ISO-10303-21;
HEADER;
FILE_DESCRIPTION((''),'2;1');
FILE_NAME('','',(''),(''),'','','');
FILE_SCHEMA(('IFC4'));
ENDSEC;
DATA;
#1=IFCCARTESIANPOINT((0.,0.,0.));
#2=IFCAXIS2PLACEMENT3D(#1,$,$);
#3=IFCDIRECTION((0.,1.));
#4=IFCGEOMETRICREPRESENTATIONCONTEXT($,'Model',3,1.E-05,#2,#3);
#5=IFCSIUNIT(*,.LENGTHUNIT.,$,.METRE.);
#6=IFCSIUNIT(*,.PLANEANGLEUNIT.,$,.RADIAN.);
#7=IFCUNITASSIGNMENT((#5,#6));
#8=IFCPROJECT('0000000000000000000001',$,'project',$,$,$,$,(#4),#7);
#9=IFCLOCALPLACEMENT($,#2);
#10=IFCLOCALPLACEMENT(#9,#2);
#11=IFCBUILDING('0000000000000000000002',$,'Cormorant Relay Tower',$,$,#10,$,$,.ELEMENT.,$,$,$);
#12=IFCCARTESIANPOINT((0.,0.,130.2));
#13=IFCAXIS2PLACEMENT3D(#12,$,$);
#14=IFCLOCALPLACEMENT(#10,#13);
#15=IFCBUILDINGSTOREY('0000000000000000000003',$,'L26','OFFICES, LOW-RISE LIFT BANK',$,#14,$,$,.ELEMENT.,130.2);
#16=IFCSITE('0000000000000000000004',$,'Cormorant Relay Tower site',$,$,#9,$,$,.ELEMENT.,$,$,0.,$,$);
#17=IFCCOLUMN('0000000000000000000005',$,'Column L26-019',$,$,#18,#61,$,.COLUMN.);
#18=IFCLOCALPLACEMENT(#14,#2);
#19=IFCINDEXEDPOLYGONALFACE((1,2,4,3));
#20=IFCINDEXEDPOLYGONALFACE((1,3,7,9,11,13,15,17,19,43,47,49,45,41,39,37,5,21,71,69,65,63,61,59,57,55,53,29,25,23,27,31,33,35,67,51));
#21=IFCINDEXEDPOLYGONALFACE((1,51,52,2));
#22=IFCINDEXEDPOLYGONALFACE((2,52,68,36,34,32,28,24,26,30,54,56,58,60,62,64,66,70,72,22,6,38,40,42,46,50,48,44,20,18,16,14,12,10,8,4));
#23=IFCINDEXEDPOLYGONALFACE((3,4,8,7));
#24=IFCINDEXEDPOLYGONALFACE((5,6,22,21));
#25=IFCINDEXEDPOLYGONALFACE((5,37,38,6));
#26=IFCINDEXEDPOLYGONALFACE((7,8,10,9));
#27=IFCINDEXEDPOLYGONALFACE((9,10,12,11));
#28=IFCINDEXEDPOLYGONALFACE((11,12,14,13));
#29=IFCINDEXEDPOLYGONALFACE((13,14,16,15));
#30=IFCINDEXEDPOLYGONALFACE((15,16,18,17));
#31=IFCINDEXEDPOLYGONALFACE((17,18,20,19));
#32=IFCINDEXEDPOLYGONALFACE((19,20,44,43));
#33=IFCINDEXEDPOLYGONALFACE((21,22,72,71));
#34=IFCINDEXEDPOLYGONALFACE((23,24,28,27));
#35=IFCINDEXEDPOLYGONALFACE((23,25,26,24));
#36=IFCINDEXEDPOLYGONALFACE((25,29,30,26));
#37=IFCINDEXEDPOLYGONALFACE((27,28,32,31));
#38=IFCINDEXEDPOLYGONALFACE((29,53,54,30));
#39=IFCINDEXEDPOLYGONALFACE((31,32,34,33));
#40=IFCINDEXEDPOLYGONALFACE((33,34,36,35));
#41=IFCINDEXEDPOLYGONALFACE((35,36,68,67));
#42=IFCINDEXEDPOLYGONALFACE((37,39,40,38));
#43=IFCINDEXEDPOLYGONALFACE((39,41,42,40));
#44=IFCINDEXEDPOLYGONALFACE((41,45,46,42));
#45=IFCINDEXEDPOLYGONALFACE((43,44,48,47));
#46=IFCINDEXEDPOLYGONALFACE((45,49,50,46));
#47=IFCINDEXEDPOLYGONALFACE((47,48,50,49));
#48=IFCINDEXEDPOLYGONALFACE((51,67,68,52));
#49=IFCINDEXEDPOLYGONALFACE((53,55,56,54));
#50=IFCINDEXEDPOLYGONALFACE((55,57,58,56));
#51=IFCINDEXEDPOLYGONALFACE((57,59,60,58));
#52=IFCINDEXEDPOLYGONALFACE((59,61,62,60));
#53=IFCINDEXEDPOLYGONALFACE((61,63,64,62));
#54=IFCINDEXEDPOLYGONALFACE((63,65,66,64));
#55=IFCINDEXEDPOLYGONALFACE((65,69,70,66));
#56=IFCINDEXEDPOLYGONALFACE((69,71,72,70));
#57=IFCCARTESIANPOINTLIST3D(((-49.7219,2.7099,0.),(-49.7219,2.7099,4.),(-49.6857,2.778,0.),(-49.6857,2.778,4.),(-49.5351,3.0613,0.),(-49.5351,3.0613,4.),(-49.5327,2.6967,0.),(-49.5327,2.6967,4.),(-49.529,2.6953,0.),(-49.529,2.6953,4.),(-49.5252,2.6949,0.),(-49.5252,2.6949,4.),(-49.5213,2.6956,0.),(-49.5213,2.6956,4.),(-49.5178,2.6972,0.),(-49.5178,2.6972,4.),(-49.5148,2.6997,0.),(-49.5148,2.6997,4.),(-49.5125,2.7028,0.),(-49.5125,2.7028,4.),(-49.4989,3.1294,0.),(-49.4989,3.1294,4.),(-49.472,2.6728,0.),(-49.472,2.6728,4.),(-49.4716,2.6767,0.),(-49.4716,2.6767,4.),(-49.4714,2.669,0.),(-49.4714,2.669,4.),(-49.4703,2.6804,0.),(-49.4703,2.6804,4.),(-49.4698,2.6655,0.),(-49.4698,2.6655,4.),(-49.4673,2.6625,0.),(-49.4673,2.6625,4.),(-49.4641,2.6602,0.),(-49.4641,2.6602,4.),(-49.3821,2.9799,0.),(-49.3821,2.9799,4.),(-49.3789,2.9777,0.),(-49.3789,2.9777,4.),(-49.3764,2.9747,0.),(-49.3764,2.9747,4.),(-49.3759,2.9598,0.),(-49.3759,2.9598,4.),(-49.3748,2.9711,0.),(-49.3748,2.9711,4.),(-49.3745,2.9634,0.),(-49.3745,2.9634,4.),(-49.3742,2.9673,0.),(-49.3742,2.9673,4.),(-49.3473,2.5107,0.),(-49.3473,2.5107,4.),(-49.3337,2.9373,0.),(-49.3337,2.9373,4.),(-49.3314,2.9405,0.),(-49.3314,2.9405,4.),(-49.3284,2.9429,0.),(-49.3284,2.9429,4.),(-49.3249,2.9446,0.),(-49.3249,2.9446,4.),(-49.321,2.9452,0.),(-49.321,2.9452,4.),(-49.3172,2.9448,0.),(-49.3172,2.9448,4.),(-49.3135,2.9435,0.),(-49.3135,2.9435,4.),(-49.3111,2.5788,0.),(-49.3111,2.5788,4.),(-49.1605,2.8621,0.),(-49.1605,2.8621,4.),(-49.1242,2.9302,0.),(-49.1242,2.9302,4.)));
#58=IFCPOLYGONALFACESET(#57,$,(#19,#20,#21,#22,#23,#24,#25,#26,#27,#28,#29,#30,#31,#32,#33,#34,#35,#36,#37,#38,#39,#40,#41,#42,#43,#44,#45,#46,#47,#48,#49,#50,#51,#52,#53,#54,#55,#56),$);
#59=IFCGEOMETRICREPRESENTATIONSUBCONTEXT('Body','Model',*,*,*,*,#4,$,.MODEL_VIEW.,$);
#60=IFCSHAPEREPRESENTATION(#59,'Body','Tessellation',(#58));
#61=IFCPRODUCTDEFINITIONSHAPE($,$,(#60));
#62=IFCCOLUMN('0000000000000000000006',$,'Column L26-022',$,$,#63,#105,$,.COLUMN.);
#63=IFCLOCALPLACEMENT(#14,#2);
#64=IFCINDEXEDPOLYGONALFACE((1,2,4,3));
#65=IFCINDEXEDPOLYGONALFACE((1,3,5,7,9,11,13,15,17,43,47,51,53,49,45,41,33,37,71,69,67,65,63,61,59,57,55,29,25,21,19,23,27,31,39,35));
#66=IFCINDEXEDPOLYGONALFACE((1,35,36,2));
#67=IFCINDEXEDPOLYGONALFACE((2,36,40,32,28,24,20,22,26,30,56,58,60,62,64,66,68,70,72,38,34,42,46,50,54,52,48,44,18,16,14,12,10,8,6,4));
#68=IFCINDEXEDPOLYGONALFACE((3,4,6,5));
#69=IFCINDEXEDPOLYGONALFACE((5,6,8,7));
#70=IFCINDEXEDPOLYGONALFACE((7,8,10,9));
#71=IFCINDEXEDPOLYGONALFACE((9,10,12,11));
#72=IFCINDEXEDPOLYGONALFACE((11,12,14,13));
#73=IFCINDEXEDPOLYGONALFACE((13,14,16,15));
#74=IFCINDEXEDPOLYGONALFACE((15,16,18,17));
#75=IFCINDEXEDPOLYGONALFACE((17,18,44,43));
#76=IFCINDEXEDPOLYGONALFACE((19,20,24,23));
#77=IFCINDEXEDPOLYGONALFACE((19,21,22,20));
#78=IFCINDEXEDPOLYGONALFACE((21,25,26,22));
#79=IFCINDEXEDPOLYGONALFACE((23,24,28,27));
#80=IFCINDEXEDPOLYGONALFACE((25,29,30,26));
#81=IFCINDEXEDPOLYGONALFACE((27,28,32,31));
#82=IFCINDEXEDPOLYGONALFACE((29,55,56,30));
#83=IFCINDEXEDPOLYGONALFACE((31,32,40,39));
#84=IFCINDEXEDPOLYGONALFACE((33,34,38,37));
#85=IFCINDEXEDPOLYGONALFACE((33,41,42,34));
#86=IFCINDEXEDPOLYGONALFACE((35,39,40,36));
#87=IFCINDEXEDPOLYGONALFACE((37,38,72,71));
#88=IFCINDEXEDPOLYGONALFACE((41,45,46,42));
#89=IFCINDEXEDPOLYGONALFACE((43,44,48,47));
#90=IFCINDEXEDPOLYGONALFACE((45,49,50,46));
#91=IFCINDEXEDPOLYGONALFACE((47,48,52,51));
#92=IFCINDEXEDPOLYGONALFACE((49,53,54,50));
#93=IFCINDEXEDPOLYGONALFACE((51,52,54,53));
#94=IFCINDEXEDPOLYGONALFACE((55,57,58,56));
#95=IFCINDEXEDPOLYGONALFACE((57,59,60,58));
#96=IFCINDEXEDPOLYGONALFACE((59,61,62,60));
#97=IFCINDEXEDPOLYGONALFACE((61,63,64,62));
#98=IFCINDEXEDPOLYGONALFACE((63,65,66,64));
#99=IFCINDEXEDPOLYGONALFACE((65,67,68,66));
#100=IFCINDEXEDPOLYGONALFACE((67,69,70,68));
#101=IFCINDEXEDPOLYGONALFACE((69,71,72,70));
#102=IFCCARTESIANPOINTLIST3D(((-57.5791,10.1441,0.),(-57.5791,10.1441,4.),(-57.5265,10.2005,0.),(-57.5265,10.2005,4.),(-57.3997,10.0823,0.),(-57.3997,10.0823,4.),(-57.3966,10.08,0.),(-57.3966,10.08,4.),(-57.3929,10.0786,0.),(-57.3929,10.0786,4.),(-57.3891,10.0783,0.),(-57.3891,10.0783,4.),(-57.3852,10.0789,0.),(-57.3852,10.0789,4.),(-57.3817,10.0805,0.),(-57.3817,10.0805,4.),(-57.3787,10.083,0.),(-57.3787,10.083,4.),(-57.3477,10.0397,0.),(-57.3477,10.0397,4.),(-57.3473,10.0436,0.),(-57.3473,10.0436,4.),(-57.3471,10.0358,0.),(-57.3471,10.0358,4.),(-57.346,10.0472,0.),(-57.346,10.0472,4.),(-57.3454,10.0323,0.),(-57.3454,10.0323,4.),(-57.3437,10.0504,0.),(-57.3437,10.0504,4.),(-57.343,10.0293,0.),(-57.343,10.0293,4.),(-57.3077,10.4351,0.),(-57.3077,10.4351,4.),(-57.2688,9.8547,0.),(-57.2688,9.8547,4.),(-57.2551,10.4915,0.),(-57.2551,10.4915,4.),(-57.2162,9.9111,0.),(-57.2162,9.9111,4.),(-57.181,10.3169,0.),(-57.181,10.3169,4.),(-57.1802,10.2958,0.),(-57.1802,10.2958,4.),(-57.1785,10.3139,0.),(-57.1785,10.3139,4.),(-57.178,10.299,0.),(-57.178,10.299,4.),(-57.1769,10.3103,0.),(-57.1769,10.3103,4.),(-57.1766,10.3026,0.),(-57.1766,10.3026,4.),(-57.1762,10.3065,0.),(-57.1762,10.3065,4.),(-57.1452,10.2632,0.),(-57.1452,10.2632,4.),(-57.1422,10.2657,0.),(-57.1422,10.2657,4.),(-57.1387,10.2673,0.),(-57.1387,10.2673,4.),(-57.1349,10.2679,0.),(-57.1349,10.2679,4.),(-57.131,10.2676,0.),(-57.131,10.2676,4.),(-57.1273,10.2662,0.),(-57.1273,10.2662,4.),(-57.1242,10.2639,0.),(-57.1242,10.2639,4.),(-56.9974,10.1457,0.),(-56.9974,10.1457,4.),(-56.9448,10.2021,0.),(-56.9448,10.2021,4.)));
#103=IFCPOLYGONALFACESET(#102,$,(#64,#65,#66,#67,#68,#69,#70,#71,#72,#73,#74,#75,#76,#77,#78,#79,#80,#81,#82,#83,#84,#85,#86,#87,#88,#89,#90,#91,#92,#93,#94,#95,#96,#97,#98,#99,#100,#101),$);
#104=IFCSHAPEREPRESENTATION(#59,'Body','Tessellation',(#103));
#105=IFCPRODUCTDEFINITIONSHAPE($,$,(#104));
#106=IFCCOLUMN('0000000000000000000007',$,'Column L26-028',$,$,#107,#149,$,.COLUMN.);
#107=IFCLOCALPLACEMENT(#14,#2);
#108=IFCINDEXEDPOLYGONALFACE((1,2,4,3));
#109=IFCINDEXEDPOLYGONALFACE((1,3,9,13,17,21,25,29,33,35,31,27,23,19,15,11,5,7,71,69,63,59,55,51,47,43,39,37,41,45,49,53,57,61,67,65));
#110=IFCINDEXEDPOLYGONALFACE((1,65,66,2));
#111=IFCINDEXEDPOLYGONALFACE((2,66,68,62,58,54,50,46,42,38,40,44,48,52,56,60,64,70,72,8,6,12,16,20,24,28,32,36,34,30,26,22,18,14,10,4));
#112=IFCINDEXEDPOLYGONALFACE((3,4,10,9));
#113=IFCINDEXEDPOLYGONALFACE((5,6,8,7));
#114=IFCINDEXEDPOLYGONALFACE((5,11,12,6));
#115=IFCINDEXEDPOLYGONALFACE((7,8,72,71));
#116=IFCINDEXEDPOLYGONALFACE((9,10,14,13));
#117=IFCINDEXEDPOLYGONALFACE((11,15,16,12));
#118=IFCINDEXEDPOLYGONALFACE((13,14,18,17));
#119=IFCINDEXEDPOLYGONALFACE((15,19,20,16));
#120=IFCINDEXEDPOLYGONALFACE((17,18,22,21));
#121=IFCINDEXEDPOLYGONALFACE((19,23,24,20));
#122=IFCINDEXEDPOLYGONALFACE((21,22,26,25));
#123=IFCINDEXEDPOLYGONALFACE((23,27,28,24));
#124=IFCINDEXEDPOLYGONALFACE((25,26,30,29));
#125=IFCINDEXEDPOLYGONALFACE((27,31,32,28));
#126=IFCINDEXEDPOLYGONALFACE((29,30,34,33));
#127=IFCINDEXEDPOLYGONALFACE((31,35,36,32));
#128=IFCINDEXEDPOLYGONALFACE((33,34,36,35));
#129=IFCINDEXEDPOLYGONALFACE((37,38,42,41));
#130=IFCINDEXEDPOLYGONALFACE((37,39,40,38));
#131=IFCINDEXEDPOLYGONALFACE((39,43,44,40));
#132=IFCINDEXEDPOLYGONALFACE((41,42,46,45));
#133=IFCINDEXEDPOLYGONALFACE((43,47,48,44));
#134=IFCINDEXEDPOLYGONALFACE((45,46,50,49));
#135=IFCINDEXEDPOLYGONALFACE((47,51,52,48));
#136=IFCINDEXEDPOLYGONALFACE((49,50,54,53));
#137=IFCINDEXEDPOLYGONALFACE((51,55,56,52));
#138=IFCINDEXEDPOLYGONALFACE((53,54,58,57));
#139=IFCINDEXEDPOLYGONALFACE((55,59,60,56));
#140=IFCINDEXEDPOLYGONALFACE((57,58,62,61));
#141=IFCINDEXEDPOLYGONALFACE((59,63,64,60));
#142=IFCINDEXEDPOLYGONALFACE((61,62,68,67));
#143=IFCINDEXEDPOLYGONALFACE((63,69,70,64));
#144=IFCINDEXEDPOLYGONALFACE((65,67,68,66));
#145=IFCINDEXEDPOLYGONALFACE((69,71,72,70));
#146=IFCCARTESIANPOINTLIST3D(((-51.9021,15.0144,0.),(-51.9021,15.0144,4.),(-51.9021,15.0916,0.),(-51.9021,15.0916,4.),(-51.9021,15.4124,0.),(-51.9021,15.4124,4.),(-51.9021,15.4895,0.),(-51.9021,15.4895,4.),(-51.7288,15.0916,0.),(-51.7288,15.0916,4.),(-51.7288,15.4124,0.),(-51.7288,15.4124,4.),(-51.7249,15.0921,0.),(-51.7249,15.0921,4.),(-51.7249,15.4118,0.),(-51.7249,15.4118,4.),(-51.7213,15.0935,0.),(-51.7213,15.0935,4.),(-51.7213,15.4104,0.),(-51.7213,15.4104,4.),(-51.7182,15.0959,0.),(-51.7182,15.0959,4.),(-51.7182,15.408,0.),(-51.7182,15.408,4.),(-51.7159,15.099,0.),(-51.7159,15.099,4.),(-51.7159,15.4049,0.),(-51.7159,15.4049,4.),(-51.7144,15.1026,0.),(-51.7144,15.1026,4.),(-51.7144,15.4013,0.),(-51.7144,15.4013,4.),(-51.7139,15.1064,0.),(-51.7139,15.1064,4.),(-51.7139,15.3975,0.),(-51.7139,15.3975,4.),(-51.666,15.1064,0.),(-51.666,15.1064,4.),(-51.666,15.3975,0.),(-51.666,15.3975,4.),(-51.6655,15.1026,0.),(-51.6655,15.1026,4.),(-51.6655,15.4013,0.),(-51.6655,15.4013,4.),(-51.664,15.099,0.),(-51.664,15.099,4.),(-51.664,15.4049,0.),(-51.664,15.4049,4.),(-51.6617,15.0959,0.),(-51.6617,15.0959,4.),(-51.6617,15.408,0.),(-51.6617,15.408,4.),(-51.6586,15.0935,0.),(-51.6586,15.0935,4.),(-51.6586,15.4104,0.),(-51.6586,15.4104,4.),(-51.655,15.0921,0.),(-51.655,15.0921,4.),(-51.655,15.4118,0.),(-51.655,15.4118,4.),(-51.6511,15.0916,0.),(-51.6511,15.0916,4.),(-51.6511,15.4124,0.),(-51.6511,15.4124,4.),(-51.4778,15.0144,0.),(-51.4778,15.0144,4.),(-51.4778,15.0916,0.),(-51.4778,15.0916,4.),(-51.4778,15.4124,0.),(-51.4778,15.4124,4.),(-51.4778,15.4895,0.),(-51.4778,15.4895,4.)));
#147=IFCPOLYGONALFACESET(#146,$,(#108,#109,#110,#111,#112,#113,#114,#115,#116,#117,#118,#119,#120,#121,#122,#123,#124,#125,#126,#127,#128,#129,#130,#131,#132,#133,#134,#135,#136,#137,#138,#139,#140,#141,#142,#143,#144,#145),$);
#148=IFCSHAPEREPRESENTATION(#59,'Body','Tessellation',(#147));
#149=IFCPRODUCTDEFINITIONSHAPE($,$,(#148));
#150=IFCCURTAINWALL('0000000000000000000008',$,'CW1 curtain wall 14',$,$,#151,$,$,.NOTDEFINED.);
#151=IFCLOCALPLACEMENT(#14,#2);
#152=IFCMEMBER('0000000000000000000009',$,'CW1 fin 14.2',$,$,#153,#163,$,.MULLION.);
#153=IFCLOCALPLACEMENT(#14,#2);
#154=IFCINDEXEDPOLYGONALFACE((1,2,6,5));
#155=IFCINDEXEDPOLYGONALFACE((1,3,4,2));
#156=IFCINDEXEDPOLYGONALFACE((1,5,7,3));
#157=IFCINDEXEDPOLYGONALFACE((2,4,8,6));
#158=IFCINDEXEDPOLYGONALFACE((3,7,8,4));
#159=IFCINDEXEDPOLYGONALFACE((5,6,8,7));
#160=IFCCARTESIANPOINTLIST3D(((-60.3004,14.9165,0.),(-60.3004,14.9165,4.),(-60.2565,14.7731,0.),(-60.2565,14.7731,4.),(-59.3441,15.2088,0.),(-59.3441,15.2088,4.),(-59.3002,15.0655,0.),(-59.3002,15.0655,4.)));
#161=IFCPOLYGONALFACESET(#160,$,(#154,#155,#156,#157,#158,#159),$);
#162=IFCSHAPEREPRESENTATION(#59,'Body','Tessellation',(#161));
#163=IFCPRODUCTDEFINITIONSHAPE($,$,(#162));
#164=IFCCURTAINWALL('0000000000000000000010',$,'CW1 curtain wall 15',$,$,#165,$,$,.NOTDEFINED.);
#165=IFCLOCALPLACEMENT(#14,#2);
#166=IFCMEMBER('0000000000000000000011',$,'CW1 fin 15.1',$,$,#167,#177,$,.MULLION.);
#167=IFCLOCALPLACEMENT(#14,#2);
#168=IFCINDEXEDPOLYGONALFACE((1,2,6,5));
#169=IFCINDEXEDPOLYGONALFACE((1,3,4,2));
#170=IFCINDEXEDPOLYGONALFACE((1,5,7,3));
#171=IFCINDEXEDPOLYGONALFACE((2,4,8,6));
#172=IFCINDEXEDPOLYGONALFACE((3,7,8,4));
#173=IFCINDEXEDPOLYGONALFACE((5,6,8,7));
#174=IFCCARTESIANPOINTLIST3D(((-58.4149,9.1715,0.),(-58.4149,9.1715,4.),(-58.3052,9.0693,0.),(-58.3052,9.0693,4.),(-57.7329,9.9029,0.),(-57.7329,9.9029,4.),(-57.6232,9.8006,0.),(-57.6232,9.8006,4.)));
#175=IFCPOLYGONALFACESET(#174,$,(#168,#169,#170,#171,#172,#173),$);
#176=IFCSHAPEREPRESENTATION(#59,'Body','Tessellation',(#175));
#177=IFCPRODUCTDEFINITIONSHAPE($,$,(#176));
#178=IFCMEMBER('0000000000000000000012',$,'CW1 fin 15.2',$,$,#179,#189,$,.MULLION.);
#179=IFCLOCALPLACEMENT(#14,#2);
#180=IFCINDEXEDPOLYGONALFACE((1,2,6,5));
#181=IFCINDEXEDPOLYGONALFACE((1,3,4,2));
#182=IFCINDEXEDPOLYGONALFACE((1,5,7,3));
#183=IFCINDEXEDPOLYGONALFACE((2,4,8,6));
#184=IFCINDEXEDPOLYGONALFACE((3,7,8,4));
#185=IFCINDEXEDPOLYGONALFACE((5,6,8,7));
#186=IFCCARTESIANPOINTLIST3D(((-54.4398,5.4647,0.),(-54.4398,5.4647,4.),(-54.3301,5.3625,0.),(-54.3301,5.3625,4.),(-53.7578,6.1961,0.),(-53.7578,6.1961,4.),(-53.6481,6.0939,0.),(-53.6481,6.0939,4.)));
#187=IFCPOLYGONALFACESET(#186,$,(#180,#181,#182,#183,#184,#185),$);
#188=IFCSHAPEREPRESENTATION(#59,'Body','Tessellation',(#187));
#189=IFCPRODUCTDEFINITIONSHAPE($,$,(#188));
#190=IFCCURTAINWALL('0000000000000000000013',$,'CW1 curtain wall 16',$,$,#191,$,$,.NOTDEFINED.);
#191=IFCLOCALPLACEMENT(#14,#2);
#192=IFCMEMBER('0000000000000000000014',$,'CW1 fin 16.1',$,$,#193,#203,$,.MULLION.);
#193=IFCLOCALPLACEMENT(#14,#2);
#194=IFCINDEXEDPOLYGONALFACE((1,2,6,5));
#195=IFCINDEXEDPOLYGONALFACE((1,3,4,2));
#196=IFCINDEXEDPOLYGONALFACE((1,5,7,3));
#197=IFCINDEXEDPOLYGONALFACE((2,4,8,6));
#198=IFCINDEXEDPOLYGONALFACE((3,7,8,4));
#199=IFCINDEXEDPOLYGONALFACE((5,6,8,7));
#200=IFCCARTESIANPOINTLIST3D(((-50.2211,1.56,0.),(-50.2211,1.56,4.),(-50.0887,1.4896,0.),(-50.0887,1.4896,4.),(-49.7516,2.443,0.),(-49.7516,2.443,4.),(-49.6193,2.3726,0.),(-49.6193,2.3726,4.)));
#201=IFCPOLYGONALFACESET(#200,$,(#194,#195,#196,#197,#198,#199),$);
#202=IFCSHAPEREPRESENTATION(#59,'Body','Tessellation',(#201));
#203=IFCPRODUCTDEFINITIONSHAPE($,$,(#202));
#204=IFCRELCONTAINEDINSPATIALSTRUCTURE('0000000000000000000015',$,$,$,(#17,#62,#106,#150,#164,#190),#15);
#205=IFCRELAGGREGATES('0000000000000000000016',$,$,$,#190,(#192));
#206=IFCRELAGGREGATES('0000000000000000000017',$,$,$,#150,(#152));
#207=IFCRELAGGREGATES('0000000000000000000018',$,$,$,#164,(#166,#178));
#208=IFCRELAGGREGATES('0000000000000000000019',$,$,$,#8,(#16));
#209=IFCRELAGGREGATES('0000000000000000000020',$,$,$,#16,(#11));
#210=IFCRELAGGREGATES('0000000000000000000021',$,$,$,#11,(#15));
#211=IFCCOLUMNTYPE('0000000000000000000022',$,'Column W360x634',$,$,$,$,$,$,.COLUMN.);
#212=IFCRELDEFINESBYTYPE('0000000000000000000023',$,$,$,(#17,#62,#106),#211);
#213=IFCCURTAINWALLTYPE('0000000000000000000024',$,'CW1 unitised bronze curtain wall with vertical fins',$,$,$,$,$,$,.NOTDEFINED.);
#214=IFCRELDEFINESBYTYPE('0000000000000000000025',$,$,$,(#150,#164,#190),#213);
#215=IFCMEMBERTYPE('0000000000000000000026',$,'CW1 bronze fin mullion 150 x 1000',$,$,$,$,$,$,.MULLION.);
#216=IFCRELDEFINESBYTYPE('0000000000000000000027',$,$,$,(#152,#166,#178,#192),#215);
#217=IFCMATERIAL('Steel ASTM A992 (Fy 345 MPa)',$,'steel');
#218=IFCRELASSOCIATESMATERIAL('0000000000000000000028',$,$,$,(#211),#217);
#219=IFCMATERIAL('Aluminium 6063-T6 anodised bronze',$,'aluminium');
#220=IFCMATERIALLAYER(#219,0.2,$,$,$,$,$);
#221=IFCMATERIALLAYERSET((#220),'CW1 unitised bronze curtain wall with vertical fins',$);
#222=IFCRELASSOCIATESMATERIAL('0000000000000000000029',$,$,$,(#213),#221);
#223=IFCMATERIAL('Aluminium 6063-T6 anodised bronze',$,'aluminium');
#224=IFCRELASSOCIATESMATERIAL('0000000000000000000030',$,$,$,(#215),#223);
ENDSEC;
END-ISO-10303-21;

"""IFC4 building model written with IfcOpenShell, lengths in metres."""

from ifc_helpers import new_model, si_unit, direction, frame, origin, origin_2d, place, context, subcontext, project, spatial, rectangle, i_section, extrude, material, layer, layer_set, material_profile, profile_set, type_object, element, aggregate, save


model = new_model("IFC4")

# Units and contexts
model_context = context("Model", 3, precision=1e-05, world=origin(), true_north=direction((0.0, 1.0)))
body_context = subcontext(model_context, "Body", "Model", "MODEL_VIEW")
ifc_project = project(units=[si_unit("LENGTHUNIT", "METRE"), si_unit("PLANEANGLEUNIT", "RADIAN")], contexts=[model_context])

# Site, building, storey
site_placement = place(None, origin())
site = spatial("IfcSite", under=ifc_project, at=site_placement, Name="Cormorant Relay Tower site", CompositionType="ELEMENT", RefElevation=0.0)
building_placement = place(site_placement, origin())
building = spatial("IfcBuilding", under=site, at=building_placement, Name="Cormorant Relay Tower", CompositionType="ELEMENT")
storey_placement = place(building_placement, frame((0.0, 0.0, 130.2)))
storey = spatial("IfcBuildingStorey", under=building, at=storey_placement, Name="L26", Description="OFFICES, LOW-RISE LIFT BANK", CompositionType="ELEMENT", Elevation=130.2)

# Columns
ifc_material_1 = material(Name="Steel ASTM A992 (Fy 345 MPa)", Category="steel")
ifc_material_profile_1 = material_profile(ifc_material_1, i_section(OverallWidth=0.4243, OverallDepth=0.4751, WebThickness=0.0479, FlangeThickness=0.0771, FilletRadius=0.0149, at=origin_2d()), Name="W360x634")
ifc_profile_set_1 = profile_set([ifc_material_profile_1], Name="Steel ASTM A992 (Fy 345 MPa)")
column_type = type_object("IfcColumnType", Name="Column W360x634", PredefinedType="COLUMN", material=ifc_profile_set_1)
for number, where, z_axis, x_axis, name in (
    (1, (-49.4231, 2.8201, 0.0), (0.0, 0.0, 1.0), (0.882948, -0.469472, 0.0), "Column L26-019"),
    (2, (-57.262, 10.1731, 0.0), (0.0, 0.0, 1.0), (0.731354, -0.681998, 0.0), "Column L26-022"),
    (3, (-51.6899, 15.252, 0.0), (0.0, 0.0, 1.0), (1.0, 0.0, 0.0), "Column L26-028"),
):
    element("IfcColumn", number, at=place(storey_placement, frame(where, z_axis=z_axis, x_axis=x_axis)), inside=storey, type_object=column_type, Name=name, PredefinedType="COLUMN", context=body_context, shape_type="SweptSolid", body=[
        extrude(i_section(OverallWidth=0.4243, OverallDepth=0.4751, WebThickness=0.0479, FlangeThickness=0.0771, FilletRadius=0.0149, at=origin_2d()), origin(), (0.0, 0.0, 1.0), 4.0),
    ])

# Curtain wall, member
ifc_material_2 = material(Name="Aluminium 6063-T6 anodised bronze", Category="aluminium")
ifc_layer_1 = layer(ifc_material_2, 0.2)
ifc_layer_set_1 = layer_set([ifc_layer_1], Name="CW1 unitised bronze curtain wall with vertical fins")
curtain_wall_type = type_object("IfcCurtainWallType", Name="CW1 unitised bronze curtain wall with vertical fins", PredefinedType="NOTDEFINED", material=ifc_layer_set_1)
curtain_wall_1_placement = place(storey_placement, origin())
curtain_wall_1 = element("IfcCurtainWall", 4, at=curtain_wall_1_placement, inside=storey, type_object=curtain_wall_type, Name="CW1 curtain wall 14", PredefinedType="NOTDEFINED")
ifc_material_3 = material(Name="Aluminium 6063-T6 anodised bronze", Category="aluminium")
ifc_material_profile_2 = material_profile(ifc_material_3, rectangle(XDim=0.1499, YDim=1.0, at=origin_2d()), Name="AL 150x1000")
ifc_profile_set_2 = profile_set([ifc_material_profile_2], Name="Aluminium 6063-T6 anodised bronze")
member_type_1 = type_object("IfcMemberType", Name="CW1 bronze fin mullion 150 x 1000", PredefinedType="MULLION", material=ifc_profile_set_2)
member_1_placement = place(storey_placement, frame((-59.8003, 14.991, 0.0), z_axis=(0.0, 0.0, 1.0), x_axis=(0.292372, -0.956305, 0.0)))
member_1 = element("IfcMember", 5, at=member_1_placement, type_object=member_type_1, Name="CW1 fin 14.2", PredefinedType="MULLION", context=body_context, shape_type="SweptSolid", body=[
    extrude(rectangle(XDim=0.1499, YDim=1.0, at=origin_2d()), origin(), (0.0, 0.0, 1.0), 4.0),
])

# Curtain wall, members
curtain_wall_2_placement = place(storey_placement, origin())
curtain_wall_2 = element("IfcCurtainWall", 6, at=curtain_wall_2_placement, inside=storey, type_object=curtain_wall_type, Name="CW1 curtain wall 15", PredefinedType="NOTDEFINED")
member_2_placement = place(storey_placement, frame((-58.019, 9.4861, 0.0), z_axis=(0.0, 0.0, 1.0), x_axis=(0.731354, -0.681998, 0.0)))
member_2 = element("IfcMember", 7, at=member_2_placement, type_object=member_type_1, Name="CW1 fin 15.1", PredefinedType="MULLION", context=body_context, shape_type="SweptSolid", body=[
    extrude(rectangle(XDim=0.1499, YDim=1.0, at=origin_2d()), origin(), (0.0, 0.0, 1.0), 4.0),
])
member_3_placement = place(storey_placement, frame((-54.0439, 5.7793, 0.0), z_axis=(0.0, 0.0, 1.0), x_axis=(0.731354, -0.681998, 0.0)))
member_3 = element("IfcMember", 8, at=member_3_placement, type_object=member_type_1, Name="CW1 fin 15.2", PredefinedType="MULLION", context=body_context, shape_type="SweptSolid", body=[
    extrude(rectangle(XDim=0.1499, YDim=1.0, at=origin_2d()), origin(), (0.0, 0.0, 1.0), 4.0),
])

# Curtain wall, member
curtain_wall_3_placement = place(storey_placement, origin())
curtain_wall_3 = element("IfcCurtainWall", 9, at=curtain_wall_3_placement, inside=storey, type_object=curtain_wall_type, Name="CW1 curtain wall 16", PredefinedType="NOTDEFINED")
member_4_placement = place(storey_placement, frame((-49.9202, 1.9663, 0.0), z_axis=(0.0, 0.0, 1.0), x_axis=(0.882948, -0.469472, 0.0)))
member_4 = element("IfcMember", 10, at=member_4_placement, type_object=member_type_1, Name="CW1 fin 16.1", PredefinedType="MULLION", context=body_context, shape_type="SweptSolid", body=[
    extrude(rectangle(XDim=0.1499, YDim=1.0, at=origin_2d()), origin(), (0.0, 0.0, 1.0), 4.0),
])

aggregate(curtain_wall_3, [member_4])

aggregate(curtain_wall_1, [member_1])
aggregate(curtain_wall_2, [member_2, member_3])

save(model, "model.ifc")
